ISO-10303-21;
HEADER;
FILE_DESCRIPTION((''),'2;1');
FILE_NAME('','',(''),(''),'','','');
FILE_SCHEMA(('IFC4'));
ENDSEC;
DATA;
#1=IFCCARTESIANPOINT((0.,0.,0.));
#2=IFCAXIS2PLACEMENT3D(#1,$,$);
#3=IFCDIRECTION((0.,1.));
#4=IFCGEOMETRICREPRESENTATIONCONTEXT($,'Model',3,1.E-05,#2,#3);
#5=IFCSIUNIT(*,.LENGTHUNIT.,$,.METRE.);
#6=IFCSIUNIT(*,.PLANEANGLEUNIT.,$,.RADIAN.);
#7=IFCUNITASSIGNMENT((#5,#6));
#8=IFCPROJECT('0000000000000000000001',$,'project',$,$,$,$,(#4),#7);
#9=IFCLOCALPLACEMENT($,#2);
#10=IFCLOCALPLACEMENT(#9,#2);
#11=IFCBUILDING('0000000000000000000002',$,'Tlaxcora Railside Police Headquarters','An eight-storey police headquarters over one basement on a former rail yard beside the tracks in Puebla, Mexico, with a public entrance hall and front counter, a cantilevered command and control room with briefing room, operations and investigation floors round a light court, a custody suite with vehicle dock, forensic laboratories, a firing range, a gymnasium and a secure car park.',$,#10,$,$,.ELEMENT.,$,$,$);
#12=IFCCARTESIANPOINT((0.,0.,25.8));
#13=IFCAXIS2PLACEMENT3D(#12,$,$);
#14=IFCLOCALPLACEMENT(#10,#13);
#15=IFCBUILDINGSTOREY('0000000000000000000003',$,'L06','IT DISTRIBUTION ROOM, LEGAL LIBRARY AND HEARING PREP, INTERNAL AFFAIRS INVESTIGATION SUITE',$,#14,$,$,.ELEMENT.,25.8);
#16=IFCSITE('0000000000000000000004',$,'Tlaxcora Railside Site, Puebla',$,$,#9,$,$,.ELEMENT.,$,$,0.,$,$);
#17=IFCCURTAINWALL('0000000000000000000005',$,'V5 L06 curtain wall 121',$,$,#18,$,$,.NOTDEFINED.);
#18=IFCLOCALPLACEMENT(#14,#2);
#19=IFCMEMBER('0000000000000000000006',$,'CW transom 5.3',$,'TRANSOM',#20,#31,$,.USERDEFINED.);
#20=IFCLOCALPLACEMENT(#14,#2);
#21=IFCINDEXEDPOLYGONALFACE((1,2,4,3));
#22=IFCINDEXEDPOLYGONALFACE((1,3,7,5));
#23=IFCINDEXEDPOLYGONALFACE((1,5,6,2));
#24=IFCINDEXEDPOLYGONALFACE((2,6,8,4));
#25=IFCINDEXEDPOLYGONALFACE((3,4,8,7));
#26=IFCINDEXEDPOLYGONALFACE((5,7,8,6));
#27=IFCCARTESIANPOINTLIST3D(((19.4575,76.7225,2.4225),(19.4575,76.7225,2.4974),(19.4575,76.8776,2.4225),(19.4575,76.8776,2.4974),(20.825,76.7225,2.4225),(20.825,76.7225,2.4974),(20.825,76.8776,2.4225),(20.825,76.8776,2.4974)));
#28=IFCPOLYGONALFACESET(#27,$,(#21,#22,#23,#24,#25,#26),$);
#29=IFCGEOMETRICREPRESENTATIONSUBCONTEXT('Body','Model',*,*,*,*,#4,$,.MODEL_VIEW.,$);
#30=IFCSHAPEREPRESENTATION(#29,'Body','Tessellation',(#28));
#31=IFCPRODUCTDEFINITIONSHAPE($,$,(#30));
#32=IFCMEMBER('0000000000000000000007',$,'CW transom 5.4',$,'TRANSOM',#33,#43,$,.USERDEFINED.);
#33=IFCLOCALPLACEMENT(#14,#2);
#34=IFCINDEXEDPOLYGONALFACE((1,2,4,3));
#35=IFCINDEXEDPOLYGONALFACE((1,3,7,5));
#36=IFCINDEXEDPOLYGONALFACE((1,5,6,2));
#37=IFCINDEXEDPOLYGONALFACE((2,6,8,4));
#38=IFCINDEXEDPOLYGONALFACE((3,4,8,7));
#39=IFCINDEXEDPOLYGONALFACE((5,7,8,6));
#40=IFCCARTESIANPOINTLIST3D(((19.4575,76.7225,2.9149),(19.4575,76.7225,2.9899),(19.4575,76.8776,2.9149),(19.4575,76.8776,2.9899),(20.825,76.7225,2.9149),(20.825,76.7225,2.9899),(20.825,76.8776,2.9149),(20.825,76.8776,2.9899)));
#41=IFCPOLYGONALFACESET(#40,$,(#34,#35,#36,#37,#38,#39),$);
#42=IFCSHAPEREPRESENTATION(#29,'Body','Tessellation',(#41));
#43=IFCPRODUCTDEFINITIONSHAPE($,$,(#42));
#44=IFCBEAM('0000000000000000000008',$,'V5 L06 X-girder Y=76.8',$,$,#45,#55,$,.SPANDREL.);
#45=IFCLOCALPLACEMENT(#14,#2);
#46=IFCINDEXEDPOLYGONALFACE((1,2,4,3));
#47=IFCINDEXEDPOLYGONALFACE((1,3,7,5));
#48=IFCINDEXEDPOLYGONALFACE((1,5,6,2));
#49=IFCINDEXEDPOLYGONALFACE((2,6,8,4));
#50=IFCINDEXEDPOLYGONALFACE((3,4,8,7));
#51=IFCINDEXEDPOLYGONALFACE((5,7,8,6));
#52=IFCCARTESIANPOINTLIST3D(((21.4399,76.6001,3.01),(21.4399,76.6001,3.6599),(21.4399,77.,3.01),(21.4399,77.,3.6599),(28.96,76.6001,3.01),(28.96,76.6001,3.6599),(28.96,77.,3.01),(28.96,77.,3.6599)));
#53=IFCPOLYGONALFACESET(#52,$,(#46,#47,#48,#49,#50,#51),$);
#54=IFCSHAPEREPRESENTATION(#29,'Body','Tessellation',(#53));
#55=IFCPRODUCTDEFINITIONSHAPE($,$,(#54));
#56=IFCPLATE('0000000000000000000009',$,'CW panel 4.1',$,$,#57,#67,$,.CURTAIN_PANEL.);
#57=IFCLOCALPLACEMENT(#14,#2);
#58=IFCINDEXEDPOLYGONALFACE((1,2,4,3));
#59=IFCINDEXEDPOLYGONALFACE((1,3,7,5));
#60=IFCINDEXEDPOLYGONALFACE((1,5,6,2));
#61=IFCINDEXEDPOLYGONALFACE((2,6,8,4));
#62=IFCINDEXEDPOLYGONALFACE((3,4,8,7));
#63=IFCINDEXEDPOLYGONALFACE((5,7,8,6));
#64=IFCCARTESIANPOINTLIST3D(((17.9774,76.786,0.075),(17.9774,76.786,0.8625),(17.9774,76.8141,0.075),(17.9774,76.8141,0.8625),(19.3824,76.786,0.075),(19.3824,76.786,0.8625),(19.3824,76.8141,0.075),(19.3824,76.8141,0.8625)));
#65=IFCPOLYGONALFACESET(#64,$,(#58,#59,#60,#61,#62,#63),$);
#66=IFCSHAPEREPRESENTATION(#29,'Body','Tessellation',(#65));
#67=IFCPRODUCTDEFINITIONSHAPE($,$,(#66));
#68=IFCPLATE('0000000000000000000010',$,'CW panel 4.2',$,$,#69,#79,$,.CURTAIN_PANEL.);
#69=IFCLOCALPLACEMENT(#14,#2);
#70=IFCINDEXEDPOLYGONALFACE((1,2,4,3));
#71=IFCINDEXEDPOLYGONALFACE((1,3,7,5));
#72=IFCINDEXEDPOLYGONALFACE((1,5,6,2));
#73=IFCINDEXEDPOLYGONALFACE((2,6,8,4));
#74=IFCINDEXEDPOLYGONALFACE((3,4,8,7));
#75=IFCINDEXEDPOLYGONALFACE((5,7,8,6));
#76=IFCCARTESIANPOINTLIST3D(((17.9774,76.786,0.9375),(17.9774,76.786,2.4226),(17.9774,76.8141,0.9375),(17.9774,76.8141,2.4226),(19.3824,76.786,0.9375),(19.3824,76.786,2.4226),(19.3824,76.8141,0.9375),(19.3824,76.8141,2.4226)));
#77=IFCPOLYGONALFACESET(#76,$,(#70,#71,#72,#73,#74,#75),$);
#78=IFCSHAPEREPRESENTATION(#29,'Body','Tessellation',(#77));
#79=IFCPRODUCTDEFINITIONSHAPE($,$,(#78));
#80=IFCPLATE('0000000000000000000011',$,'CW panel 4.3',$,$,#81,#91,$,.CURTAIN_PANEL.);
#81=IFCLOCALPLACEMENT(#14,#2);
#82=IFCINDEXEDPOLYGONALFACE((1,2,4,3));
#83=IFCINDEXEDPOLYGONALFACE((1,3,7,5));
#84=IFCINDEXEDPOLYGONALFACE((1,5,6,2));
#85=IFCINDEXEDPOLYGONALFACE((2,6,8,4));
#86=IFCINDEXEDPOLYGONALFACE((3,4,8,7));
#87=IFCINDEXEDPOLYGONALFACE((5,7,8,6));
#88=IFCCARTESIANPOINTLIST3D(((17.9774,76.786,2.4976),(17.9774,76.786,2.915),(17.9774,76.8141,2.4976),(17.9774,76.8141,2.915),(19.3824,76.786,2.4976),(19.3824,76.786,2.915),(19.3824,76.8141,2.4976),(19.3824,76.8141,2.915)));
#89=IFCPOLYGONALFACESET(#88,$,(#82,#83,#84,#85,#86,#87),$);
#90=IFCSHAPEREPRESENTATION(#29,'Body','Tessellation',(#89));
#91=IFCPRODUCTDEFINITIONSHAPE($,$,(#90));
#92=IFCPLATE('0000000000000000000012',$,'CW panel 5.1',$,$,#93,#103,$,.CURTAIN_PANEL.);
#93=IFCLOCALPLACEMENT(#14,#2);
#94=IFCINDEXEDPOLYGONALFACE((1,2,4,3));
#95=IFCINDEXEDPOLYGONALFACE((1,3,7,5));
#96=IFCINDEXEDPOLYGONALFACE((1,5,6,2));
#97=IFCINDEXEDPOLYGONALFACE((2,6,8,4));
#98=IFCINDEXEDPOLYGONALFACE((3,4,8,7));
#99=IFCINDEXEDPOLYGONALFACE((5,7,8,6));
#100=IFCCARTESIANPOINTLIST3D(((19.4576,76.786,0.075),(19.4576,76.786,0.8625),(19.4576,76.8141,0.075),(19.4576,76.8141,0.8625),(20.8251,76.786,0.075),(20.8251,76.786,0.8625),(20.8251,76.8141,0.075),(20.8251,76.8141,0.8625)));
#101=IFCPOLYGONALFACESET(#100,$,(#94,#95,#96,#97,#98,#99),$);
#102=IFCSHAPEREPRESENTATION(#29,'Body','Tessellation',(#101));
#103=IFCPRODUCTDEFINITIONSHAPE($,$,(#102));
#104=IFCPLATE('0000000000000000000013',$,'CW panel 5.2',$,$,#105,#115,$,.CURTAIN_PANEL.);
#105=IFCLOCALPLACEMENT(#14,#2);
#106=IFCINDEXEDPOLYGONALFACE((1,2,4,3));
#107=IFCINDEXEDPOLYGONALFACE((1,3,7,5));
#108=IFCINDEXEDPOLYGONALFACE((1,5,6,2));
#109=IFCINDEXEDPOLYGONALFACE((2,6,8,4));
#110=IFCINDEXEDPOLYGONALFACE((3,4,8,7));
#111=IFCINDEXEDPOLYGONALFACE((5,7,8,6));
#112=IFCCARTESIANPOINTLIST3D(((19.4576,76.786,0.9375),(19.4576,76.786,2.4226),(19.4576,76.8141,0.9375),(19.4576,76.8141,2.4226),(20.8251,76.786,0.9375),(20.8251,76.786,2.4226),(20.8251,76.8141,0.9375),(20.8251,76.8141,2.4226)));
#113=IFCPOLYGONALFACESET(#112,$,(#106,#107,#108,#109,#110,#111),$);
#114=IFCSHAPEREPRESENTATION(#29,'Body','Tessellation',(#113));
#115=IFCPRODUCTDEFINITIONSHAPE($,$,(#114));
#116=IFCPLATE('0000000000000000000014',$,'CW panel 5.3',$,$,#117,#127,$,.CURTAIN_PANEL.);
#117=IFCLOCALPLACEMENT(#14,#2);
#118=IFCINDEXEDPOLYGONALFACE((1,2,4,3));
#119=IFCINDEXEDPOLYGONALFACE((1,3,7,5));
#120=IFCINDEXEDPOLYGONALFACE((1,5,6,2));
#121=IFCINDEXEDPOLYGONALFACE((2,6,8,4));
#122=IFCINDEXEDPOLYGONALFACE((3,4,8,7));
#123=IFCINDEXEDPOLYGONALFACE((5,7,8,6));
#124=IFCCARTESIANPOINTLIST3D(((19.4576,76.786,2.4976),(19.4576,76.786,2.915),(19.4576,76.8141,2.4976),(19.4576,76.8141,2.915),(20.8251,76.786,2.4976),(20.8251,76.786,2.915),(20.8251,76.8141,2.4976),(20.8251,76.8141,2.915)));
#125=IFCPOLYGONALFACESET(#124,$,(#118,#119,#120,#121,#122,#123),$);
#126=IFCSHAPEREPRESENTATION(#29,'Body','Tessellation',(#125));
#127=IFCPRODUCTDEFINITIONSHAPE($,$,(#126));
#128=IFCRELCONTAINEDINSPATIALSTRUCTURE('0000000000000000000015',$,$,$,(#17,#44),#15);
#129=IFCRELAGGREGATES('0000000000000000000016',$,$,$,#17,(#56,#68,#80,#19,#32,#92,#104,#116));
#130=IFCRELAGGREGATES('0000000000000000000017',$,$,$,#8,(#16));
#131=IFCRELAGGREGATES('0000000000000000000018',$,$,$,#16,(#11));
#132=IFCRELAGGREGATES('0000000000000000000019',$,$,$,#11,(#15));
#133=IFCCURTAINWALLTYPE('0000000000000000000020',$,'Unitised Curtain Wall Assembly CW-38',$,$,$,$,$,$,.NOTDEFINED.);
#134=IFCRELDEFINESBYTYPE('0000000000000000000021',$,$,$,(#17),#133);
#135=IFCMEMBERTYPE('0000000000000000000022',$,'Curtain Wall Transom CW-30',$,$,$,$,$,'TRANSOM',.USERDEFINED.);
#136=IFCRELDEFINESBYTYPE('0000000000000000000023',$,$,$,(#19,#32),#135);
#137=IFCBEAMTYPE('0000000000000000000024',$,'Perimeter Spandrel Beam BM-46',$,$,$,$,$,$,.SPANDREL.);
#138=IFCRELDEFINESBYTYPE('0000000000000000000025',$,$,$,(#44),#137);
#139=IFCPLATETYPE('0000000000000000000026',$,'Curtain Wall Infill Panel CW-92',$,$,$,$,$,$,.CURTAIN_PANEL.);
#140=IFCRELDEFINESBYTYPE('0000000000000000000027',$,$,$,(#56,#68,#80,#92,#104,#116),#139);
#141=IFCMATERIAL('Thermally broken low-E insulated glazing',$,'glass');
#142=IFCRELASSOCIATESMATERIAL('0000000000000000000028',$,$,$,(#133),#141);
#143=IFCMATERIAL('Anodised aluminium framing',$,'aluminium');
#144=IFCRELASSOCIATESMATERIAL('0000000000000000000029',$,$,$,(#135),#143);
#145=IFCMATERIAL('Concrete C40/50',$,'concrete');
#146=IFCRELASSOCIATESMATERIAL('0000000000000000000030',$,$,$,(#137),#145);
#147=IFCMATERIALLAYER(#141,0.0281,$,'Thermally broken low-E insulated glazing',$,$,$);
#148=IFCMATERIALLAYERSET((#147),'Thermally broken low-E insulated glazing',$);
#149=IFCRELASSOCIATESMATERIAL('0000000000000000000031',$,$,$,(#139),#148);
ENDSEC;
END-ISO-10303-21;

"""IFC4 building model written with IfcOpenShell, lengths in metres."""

from ifc_helpers import new_model, si_unit, direction, frame, origin, origin_2d, place, context, subcontext, project, spatial, rectangle, extrude, material, layer, layer_set, material_profile, profile_set, type_object, element, aggregate, save


model = new_model("IFC4")

# Units and contexts
model_context = context("Model", 3, precision=1e-05, world=origin(), true_north=direction((0.0, 1.0)))
body_context = subcontext(model_context, "Body", "Model", "MODEL_VIEW")
ifc_project = project(units=[si_unit("LENGTHUNIT", "METRE"), si_unit("PLANEANGLEUNIT", "RADIAN")], contexts=[model_context])

# Site, building, storey
site_placement = place(None, origin())
site = spatial("IfcSite", under=ifc_project, at=site_placement, Name="Tlaxcora Railside Site, Puebla", CompositionType="ELEMENT", RefElevation=0.0)
building_placement = place(site_placement, origin())
building = spatial("IfcBuilding", under=site, at=building_placement, Name="Tlaxcora Railside Police Headquarters", Description="An eight-storey police headquarters over one basement on a former rail yard beside the tracks in Puebla, Mexico, with a public entrance hall and front counter, a cantilevered command and control room with briefing room, operations and investigation floors round a light court, a custody suite with vehicle dock, forensic laboratories, a firing range, a gymnasium and a secure car park.", CompositionType="ELEMENT")
storey_placement = place(building_placement, frame((0.0, 0.0, 25.8)))
storey = spatial("IfcBuildingStorey", under=building, at=storey_placement, Name="L06", Description="IT DISTRIBUTION ROOM, LEGAL LIBRARY AND HEARING PREP, INTERNAL AFFAIRS INVESTIGATION SUITE", CompositionType="ELEMENT", Elevation=25.8)

# Shared definitions
ifc_material_1 = material(Name="Concrete C40/50", Category="concrete")

# Curtain wall
ifc_material_2 = material(Name="Thermally broken low-E insulated glazing", Category="glass")
curtain_wall_type_1 = type_object("IfcCurtainWallType", Name="Unitised Curtain Wall Assembly CW-38", PredefinedType="NOTDEFINED", material=ifc_material_2)
curtain_wall_1_placement = place(storey_placement, origin())
curtain_wall_1 = element("IfcCurtainWall", 1, at=curtain_wall_1_placement, inside=storey, type_object=curtain_wall_type_1, Name="V5 L06 curtain wall 121", PredefinedType="NOTDEFINED")
ifc_material_3 = material(Name="Anodised aluminium framing", Category="aluminium")

# Members
ifc_material_profile_1 = material_profile(ifc_material_3, rectangle(XDim=0.155, YDim=0.075, at=origin_2d()), Name="AL75X155")
ifc_profile_set_1 = profile_set([ifc_material_profile_1], Name="Anodised aluminium framing")
member_type_1 = type_object("IfcMemberType", Name="Curtain Wall Transom CW-30", ElementType="TRANSOM", PredefinedType="USERDEFINED", material=ifc_profile_set_1)
member_1_placement = place(storey_placement, frame((19.4575, 76.8, 2.46), z_axis=(1.0, 0.0, 0.0), x_axis=(0.0, 1.0, 0.0)))
member_1 = element("IfcMember", 2, at=member_1_placement, type_object=member_type_1, Name="CW transom 5.3", ObjectType="TRANSOM", PredefinedType="USERDEFINED", context=body_context, shape_type="SweptSolid", body=[
    extrude(rectangle(XDim=0.155, YDim=0.075, at=origin_2d()), origin(), (0.0, 0.0, 1.0), 1.3674),
])
member_2_placement = place(storey_placement, frame((19.4575, 76.8, 2.9524), z_axis=(1.0, 0.0, 0.0), x_axis=(0.0, 1.0, 0.0)))
member_2 = element("IfcMember", 3, at=member_2_placement, type_object=member_type_1, Name="CW transom 5.4", ObjectType="TRANSOM", PredefinedType="USERDEFINED", context=body_context, shape_type="SweptSolid", body=[
    extrude(rectangle(XDim=0.155, YDim=0.075, at=origin_2d()), origin(), (0.0, 0.0, 1.0), 1.3674),
])

# Beam
ifc_material_profile_2 = material_profile(ifc_material_1, rectangle(XDim=0.3999, YDim=0.6499, at=origin_2d()), Name="RC400X650")
ifc_profile_set_2 = profile_set([ifc_material_profile_2], Name="Concrete C40/50")
beam_type = type_object("IfcBeamType", Name="Perimeter Spandrel Beam BM-46", PredefinedType="SPANDREL", material=ifc_profile_set_2)
beam_placement = place(storey_placement, frame((21.4399, 76.8, 3.335), z_axis=(1.0, 0.0, 0.0), x_axis=(0.0, 1.0, 0.0)))
element("IfcBeam", 4, at=beam_placement, inside=storey, type_object=beam_type, Name="V5 L06 X-girder Y=76.8", PredefinedType="SPANDREL", context=body_context, shape_type="SweptSolid", body=[
    extrude(rectangle(XDim=0.3999, YDim=0.6499, at=origin_2d()), origin(), (0.0, 0.0, 1.0), 7.52),
])

# Plates
ifc_layer = layer(ifc_material_2, 0.0281, Name="Thermally broken low-E insulated glazing")
ifc_layer_set = layer_set([ifc_layer], Name="Thermally broken low-E insulated glazing")
plate_type = type_object("IfcPlateType", Name="Curtain Wall Infill Panel CW-92", PredefinedType="CURTAIN_PANEL", material=ifc_layer_set)
plate_1_placement = place(storey_placement, frame((18.6799, 76.8, 0.075), z_axis=(0.0, 0.0, 1.0), x_axis=(1.0, 0.0, 0.0)))
plate_1 = element("IfcPlate", 5, at=plate_1_placement, type_object=plate_type, Name="CW panel 4.1", PredefinedType="CURTAIN_PANEL", context=body_context, shape_type="SweptSolid", body=[
    extrude(rectangle(XDim=1.405, YDim=0.0281, at=origin_2d()), origin(), (0.0, 0.0, 1.0), 0.7876),
])
plate_2_placement = place(storey_placement, frame((18.6799, 76.8, 0.9375), z_axis=(0.0, 0.0, 1.0), x_axis=(1.0, 0.0, 0.0)))
plate_2 = element("IfcPlate", 6, at=plate_2_placement, type_object=plate_type, Name="CW panel 4.2", PredefinedType="CURTAIN_PANEL", context=body_context, shape_type="SweptSolid", body=[
    extrude(rectangle(XDim=1.405, YDim=0.0281, at=origin_2d()), origin(), (0.0, 0.0, 1.0), 1.4851),
])
plate_3_placement = place(storey_placement, frame((18.6799, 76.8, 2.4976), z_axis=(0.0, 0.0, 1.0), x_axis=(1.0, 0.0, 0.0)))
plate_3 = element("IfcPlate", 7, at=plate_3_placement, type_object=plate_type, Name="CW panel 4.3", PredefinedType="CURTAIN_PANEL", context=body_context, shape_type="SweptSolid", body=[
    extrude(rectangle(XDim=1.405, YDim=0.0281, at=origin_2d()), origin(), (0.0, 0.0, 1.0), 0.4175),
])
plate_4_placement = place(storey_placement, frame((20.1414, 76.8, 0.075), z_axis=(0.0, 0.0, 1.0), x_axis=(1.0, 0.0, 0.0)))
plate_4 = element("IfcPlate", 8, at=plate_4_placement, type_object=plate_type, Name="CW panel 5.1", PredefinedType="CURTAIN_PANEL", context=body_context, shape_type="SweptSolid", body=[
    extrude(rectangle(XDim=1.3674, YDim=0.0281, at=origin_2d()), origin(), (0.0, 0.0, 1.0), 0.7876),
])
plate_5_placement = place(storey_placement, frame((20.1414, 76.8, 0.9375), z_axis=(0.0, 0.0, 1.0), x_axis=(1.0, 0.0, 0.0)))
plate_5 = element("IfcPlate", 9, at=plate_5_placement, type_object=plate_type, Name="CW panel 5.2", PredefinedType="CURTAIN_PANEL", context=body_context, shape_type="SweptSolid", body=[
    extrude(rectangle(XDim=1.3674, YDim=0.0281, at=origin_2d()), origin(), (0.0, 0.0, 1.0), 1.4851),
])
plate_6_placement = place(storey_placement, frame((20.1414, 76.8, 2.4976), z_axis=(0.0, 0.0, 1.0), x_axis=(1.0, 0.0, 0.0)))
plate_6 = element("IfcPlate", 10, at=plate_6_placement, type_object=plate_type, Name="CW panel 5.3", PredefinedType="CURTAIN_PANEL", context=body_context, shape_type="SweptSolid", body=[
    extrude(rectangle(XDim=1.3674, YDim=0.0281, at=origin_2d()), origin(), (0.0, 0.0, 1.0), 0.4175),
])
aggregate(curtain_wall_1, [plate_1, plate_2, plate_3, member_1, member_2, plate_4, plate_5, plate_6])

save(model, "model.ifc")
